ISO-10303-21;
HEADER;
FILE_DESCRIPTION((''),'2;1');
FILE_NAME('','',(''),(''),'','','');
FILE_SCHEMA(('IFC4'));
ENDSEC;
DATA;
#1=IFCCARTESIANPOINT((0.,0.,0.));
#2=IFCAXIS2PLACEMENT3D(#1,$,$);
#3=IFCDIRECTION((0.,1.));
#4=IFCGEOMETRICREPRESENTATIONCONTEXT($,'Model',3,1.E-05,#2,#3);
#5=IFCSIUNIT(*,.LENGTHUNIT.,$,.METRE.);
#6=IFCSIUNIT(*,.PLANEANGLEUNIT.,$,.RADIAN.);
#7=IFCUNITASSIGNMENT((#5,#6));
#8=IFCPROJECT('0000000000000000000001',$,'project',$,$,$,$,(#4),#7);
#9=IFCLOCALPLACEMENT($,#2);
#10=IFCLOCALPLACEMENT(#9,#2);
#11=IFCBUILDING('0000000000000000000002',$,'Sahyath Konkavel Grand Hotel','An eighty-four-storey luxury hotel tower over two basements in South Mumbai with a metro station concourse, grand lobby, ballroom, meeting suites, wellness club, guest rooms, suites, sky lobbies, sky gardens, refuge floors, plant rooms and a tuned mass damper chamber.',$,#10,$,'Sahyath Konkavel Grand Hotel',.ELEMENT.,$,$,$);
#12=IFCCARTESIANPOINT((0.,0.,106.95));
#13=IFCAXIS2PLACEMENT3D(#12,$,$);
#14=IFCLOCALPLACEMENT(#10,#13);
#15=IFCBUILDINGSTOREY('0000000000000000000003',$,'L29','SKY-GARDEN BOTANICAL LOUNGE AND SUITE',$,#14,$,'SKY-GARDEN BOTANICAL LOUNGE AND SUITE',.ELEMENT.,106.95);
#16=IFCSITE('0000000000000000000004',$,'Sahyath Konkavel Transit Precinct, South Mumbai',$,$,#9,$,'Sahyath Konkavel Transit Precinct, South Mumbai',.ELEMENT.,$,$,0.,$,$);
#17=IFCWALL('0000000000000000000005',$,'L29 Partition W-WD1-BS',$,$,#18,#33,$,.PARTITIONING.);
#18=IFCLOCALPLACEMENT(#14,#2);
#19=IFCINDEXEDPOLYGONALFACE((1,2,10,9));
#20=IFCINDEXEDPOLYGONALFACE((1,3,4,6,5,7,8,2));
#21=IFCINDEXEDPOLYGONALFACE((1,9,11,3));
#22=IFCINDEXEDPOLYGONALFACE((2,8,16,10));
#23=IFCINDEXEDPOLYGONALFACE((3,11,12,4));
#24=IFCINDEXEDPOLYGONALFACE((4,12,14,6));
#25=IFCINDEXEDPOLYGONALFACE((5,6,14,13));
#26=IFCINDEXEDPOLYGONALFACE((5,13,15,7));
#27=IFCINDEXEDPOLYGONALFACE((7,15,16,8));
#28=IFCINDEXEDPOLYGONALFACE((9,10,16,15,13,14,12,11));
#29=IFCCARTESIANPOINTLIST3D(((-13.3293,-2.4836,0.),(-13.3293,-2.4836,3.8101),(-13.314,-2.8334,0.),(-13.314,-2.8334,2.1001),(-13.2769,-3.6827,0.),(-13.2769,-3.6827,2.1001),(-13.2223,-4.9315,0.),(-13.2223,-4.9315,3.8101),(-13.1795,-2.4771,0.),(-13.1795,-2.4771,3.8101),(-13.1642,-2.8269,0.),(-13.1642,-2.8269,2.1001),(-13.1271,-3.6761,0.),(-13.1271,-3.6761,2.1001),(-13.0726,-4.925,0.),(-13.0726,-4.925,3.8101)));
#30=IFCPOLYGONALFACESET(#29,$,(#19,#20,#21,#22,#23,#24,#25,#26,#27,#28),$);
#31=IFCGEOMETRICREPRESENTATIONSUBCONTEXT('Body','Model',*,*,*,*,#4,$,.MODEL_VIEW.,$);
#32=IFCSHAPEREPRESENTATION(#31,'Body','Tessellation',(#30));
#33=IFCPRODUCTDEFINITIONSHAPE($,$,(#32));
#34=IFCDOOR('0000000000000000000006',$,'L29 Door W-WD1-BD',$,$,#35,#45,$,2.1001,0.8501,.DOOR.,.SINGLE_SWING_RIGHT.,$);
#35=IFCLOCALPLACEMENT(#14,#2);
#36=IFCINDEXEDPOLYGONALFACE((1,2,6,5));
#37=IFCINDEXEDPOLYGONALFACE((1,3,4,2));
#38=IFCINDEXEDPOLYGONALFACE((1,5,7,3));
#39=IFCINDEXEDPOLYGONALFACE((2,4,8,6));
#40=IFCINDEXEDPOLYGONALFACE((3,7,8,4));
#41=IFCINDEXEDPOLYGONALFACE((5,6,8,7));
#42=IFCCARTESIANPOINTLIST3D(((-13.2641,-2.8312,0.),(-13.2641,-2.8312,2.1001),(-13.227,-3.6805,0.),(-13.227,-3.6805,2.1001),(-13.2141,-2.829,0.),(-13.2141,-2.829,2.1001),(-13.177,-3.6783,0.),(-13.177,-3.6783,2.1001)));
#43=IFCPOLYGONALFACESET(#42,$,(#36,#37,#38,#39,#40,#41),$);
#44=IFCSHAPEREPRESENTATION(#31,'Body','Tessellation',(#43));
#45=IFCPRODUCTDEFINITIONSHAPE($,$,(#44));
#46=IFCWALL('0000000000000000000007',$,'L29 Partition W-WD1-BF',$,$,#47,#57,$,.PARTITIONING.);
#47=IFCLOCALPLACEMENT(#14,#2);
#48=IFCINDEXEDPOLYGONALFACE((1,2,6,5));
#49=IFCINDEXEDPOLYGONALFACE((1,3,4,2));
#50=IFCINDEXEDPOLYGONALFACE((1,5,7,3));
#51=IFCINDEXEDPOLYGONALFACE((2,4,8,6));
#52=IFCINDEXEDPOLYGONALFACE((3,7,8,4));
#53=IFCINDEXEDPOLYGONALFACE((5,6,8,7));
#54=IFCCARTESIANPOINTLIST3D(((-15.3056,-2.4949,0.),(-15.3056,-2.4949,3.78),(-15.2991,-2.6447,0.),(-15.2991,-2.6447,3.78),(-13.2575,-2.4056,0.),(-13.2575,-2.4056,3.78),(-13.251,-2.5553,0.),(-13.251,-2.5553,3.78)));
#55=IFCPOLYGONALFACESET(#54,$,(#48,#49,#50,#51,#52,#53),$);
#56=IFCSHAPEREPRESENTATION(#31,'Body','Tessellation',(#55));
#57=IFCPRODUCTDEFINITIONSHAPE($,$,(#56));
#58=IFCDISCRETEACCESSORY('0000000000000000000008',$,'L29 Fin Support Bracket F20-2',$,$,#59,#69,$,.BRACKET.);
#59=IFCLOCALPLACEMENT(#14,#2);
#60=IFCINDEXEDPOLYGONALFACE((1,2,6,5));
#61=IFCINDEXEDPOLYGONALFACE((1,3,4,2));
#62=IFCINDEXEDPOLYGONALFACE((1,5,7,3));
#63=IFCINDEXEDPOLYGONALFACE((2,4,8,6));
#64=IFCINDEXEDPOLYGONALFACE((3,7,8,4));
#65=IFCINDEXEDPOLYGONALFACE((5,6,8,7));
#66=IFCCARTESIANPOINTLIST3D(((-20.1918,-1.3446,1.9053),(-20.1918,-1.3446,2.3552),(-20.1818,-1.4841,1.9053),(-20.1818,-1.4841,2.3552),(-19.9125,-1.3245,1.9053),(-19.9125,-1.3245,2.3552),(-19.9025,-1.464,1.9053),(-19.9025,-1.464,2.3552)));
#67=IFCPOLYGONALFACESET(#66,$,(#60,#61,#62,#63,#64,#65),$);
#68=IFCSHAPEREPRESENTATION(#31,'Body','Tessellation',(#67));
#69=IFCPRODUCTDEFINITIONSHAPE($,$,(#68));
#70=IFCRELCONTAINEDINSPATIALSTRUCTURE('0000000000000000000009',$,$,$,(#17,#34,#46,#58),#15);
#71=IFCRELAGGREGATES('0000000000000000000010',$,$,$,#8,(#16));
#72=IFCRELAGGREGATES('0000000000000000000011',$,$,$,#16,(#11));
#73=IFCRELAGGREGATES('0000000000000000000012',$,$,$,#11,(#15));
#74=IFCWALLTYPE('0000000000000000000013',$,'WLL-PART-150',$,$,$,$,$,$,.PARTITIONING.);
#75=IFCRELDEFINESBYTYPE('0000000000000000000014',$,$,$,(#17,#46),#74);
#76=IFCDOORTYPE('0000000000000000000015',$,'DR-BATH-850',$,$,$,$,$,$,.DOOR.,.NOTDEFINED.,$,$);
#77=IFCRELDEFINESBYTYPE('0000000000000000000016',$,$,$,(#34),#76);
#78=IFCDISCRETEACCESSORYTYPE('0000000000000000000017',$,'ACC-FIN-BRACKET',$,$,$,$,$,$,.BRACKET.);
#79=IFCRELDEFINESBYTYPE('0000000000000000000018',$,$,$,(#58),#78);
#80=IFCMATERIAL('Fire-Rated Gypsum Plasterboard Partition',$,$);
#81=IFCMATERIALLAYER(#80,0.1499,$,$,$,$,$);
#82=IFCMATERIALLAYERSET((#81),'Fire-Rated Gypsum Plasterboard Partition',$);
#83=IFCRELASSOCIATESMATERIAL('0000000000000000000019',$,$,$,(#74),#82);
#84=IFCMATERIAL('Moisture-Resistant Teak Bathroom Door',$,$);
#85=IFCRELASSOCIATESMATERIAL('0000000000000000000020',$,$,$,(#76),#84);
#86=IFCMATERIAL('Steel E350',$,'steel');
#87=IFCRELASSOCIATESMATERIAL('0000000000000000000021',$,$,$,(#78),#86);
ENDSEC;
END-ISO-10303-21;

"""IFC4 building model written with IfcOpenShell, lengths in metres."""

from ifc_helpers import new_model, si_unit, direction, frame, frame_2d, origin, origin_2d, place, context, subcontext, project, spatial, rectangle, extrude, source, transform, mapped, material, layer, layer_set, type_object, element, fill, save


model = new_model("IFC4")

# Units and contexts
model_context = context("Model", 3, precision=1e-05, world=origin(), true_north=direction((0.0, 1.0)))
body_context = subcontext(model_context, "Body", "Model", "MODEL_VIEW")
ifc_project = project(units=[si_unit("LENGTHUNIT", "METRE"), si_unit("PLANEANGLEUNIT", "RADIAN")], contexts=[model_context])

# Site, building, storey
site_placement = place(None, origin())
site = spatial("IfcSite", under=ifc_project, at=site_placement, Name="Sahyath Konkavel Transit Precinct, South Mumbai", LongName="Sahyath Konkavel Transit Precinct, South Mumbai", CompositionType="ELEMENT", RefElevation=0.0)
building_placement = place(site_placement, origin())
building = spatial("IfcBuilding", under=site, at=building_placement, Name="Sahyath Konkavel Grand Hotel", Description="An eighty-four-storey luxury hotel tower over two basements in South Mumbai with a metro station concourse, grand lobby, ballroom, meeting suites, wellness club, guest rooms, suites, sky lobbies, sky gardens, refuge floors, plant rooms and a tuned mass damper chamber.", LongName="Sahyath Konkavel Grand Hotel", CompositionType="ELEMENT")
storey_placement = place(building_placement, frame((0.0, 0.0, 106.95)))
storey = spatial("IfcBuildingStorey", under=building, at=storey_placement, Name="L29", Description="SKY-GARDEN BOTANICAL LOUNGE AND SUITE", LongName="SKY-GARDEN BOTANICAL LOUNGE AND SUITE", CompositionType="ELEMENT", Elevation=106.95)

# Shared definitions
ifc_material_1 = material(Name="Steel E350", Category="steel")

# Wall, opening, door
ifc_material_2 = material(Name="Fire-Rated Gypsum Plasterboard Partition")
ifc_layer_1 = layer(ifc_material_2, 0.1499)
ifc_layer_set_1 = layer_set([ifc_layer_1], Name="Fire-Rated Gypsum Plasterboard Partition")
wall_type_1 = type_object("IfcWallType", Name="WLL-PART-150", PredefinedType="PARTITIONING", material=ifc_layer_set_1)
wall_1_placement = place(storey_placement, frame((-13.1475, -4.9282, 0.0), z_axis=(0.0, 0.0, 1.0), x_axis=(-0.043645, 0.999047, 0.0)))
wall_1 = element("IfcWall", 1, at=wall_1_placement, inside=storey, type_object=wall_type_1, Name="L29 Partition W-WD1-BS", PredefinedType="PARTITIONING", context=body_context, shape_type="SweptSolid", body=[
    extrude(rectangle(XDim=2.4502, YDim=0.1499, at=frame_2d((1.2251, 0.0))), origin(), (0.0, 0.0, 1.0), 3.8101),
])
opening_placement = place(wall_1_placement, frame((1.25, 0.0, 0.0)))
opening = element("IfcOpeningElement", 2, at=opening_placement, cuts=wall_1, PredefinedType="OPENING", context=body_context, shape_type="SweptSolid", body=[
    extrude(rectangle(XDim=0.8501, YDim=2.1001, at=frame_2d((0.425, 1.05))), frame((0.0, 0.085, 0.0), z_axis=(0.0, -1.0, 0.0), x_axis=(1.0, 0.0, 0.0)), (0.0, 0.0, 1.0), 0.1699),
])
ifc_material_3 = material(Name="Moisture-Resistant Teak Bathroom Door")
door_type = type_object("IfcDoorType", Name="DR-BATH-850", OperationType="NOTDEFINED", PredefinedType="DOOR", material=ifc_material_3)
shared_shape_1 = source(origin(), body_context, "Body", "SweptSolid", [
    extrude(rectangle(XDim=0.8501, YDim=0.05, at=origin_2d()), origin(), (0.0, 0.0, 1.0), 2.1001),
])
door_placement = place(opening_placement, frame((0.425, 0.0, 0.0)))
door = element("IfcDoor", 3, at=door_placement, inside=storey, type_object=door_type, Name="L29 Door W-WD1-BD", OperationType="SINGLE_SWING_RIGHT", OverallHeight=2.1001, OverallWidth=0.8501, PredefinedType="DOOR", context=body_context, shape_type="MappedRepresentation", body=[
    mapped(shared_shape_1, transform((0.0, 0.0, 0.0), scale=1.0)),
])
fill(opening, door)

# Wall
wall_2_placement = place(storey_placement, frame((-13.2544, -2.4805, 0.0), z_axis=(0.0, 0.0, 1.0), x_axis=(-0.99905, -0.043587, 0.0)))
element("IfcWall", 4, at=wall_2_placement, inside=storey, type_object=wall_type_1, Name="L29 Partition W-WD1-BF", PredefinedType="PARTITIONING", context=body_context, shape_type="SweptSolid", body=[
    extrude(rectangle(XDim=2.05, YDim=0.1499, at=frame_2d((1.0249, 0.0))), origin(), (0.0, 0.0, 1.0), 3.78),
])

# Discrete accessory
discrete_accessory_type = type_object("IfcDiscreteAccessoryType", Name="ACC-FIN-BRACKET", PredefinedType="BRACKET", material=ifc_material_1)
shared_shape_2 = source(origin(), body_context, "Body", "SweptSolid", [
    extrude(rectangle(XDim=0.28, YDim=0.1399, at=origin_2d()), origin(), (0.0, 0.0, 1.0), 0.45),
])
discrete_accessory_placement = place(storey_placement, frame((-20.0471, -1.4043, 1.9053), z_axis=(0.0, 0.0, 1.0), x_axis=(-0.997436, -0.071567, 0.0)))
element("IfcDiscreteAccessory", 5, at=discrete_accessory_placement, inside=storey, type_object=discrete_accessory_type, Name="L29 Fin Support Bracket F20-2", PredefinedType="BRACKET", context=body_context, shape_type="MappedRepresentation", body=[
    mapped(shared_shape_2, transform((0.0, 0.0, 0.0), scale=1.0)),
])

save(model, "model.ifc")
